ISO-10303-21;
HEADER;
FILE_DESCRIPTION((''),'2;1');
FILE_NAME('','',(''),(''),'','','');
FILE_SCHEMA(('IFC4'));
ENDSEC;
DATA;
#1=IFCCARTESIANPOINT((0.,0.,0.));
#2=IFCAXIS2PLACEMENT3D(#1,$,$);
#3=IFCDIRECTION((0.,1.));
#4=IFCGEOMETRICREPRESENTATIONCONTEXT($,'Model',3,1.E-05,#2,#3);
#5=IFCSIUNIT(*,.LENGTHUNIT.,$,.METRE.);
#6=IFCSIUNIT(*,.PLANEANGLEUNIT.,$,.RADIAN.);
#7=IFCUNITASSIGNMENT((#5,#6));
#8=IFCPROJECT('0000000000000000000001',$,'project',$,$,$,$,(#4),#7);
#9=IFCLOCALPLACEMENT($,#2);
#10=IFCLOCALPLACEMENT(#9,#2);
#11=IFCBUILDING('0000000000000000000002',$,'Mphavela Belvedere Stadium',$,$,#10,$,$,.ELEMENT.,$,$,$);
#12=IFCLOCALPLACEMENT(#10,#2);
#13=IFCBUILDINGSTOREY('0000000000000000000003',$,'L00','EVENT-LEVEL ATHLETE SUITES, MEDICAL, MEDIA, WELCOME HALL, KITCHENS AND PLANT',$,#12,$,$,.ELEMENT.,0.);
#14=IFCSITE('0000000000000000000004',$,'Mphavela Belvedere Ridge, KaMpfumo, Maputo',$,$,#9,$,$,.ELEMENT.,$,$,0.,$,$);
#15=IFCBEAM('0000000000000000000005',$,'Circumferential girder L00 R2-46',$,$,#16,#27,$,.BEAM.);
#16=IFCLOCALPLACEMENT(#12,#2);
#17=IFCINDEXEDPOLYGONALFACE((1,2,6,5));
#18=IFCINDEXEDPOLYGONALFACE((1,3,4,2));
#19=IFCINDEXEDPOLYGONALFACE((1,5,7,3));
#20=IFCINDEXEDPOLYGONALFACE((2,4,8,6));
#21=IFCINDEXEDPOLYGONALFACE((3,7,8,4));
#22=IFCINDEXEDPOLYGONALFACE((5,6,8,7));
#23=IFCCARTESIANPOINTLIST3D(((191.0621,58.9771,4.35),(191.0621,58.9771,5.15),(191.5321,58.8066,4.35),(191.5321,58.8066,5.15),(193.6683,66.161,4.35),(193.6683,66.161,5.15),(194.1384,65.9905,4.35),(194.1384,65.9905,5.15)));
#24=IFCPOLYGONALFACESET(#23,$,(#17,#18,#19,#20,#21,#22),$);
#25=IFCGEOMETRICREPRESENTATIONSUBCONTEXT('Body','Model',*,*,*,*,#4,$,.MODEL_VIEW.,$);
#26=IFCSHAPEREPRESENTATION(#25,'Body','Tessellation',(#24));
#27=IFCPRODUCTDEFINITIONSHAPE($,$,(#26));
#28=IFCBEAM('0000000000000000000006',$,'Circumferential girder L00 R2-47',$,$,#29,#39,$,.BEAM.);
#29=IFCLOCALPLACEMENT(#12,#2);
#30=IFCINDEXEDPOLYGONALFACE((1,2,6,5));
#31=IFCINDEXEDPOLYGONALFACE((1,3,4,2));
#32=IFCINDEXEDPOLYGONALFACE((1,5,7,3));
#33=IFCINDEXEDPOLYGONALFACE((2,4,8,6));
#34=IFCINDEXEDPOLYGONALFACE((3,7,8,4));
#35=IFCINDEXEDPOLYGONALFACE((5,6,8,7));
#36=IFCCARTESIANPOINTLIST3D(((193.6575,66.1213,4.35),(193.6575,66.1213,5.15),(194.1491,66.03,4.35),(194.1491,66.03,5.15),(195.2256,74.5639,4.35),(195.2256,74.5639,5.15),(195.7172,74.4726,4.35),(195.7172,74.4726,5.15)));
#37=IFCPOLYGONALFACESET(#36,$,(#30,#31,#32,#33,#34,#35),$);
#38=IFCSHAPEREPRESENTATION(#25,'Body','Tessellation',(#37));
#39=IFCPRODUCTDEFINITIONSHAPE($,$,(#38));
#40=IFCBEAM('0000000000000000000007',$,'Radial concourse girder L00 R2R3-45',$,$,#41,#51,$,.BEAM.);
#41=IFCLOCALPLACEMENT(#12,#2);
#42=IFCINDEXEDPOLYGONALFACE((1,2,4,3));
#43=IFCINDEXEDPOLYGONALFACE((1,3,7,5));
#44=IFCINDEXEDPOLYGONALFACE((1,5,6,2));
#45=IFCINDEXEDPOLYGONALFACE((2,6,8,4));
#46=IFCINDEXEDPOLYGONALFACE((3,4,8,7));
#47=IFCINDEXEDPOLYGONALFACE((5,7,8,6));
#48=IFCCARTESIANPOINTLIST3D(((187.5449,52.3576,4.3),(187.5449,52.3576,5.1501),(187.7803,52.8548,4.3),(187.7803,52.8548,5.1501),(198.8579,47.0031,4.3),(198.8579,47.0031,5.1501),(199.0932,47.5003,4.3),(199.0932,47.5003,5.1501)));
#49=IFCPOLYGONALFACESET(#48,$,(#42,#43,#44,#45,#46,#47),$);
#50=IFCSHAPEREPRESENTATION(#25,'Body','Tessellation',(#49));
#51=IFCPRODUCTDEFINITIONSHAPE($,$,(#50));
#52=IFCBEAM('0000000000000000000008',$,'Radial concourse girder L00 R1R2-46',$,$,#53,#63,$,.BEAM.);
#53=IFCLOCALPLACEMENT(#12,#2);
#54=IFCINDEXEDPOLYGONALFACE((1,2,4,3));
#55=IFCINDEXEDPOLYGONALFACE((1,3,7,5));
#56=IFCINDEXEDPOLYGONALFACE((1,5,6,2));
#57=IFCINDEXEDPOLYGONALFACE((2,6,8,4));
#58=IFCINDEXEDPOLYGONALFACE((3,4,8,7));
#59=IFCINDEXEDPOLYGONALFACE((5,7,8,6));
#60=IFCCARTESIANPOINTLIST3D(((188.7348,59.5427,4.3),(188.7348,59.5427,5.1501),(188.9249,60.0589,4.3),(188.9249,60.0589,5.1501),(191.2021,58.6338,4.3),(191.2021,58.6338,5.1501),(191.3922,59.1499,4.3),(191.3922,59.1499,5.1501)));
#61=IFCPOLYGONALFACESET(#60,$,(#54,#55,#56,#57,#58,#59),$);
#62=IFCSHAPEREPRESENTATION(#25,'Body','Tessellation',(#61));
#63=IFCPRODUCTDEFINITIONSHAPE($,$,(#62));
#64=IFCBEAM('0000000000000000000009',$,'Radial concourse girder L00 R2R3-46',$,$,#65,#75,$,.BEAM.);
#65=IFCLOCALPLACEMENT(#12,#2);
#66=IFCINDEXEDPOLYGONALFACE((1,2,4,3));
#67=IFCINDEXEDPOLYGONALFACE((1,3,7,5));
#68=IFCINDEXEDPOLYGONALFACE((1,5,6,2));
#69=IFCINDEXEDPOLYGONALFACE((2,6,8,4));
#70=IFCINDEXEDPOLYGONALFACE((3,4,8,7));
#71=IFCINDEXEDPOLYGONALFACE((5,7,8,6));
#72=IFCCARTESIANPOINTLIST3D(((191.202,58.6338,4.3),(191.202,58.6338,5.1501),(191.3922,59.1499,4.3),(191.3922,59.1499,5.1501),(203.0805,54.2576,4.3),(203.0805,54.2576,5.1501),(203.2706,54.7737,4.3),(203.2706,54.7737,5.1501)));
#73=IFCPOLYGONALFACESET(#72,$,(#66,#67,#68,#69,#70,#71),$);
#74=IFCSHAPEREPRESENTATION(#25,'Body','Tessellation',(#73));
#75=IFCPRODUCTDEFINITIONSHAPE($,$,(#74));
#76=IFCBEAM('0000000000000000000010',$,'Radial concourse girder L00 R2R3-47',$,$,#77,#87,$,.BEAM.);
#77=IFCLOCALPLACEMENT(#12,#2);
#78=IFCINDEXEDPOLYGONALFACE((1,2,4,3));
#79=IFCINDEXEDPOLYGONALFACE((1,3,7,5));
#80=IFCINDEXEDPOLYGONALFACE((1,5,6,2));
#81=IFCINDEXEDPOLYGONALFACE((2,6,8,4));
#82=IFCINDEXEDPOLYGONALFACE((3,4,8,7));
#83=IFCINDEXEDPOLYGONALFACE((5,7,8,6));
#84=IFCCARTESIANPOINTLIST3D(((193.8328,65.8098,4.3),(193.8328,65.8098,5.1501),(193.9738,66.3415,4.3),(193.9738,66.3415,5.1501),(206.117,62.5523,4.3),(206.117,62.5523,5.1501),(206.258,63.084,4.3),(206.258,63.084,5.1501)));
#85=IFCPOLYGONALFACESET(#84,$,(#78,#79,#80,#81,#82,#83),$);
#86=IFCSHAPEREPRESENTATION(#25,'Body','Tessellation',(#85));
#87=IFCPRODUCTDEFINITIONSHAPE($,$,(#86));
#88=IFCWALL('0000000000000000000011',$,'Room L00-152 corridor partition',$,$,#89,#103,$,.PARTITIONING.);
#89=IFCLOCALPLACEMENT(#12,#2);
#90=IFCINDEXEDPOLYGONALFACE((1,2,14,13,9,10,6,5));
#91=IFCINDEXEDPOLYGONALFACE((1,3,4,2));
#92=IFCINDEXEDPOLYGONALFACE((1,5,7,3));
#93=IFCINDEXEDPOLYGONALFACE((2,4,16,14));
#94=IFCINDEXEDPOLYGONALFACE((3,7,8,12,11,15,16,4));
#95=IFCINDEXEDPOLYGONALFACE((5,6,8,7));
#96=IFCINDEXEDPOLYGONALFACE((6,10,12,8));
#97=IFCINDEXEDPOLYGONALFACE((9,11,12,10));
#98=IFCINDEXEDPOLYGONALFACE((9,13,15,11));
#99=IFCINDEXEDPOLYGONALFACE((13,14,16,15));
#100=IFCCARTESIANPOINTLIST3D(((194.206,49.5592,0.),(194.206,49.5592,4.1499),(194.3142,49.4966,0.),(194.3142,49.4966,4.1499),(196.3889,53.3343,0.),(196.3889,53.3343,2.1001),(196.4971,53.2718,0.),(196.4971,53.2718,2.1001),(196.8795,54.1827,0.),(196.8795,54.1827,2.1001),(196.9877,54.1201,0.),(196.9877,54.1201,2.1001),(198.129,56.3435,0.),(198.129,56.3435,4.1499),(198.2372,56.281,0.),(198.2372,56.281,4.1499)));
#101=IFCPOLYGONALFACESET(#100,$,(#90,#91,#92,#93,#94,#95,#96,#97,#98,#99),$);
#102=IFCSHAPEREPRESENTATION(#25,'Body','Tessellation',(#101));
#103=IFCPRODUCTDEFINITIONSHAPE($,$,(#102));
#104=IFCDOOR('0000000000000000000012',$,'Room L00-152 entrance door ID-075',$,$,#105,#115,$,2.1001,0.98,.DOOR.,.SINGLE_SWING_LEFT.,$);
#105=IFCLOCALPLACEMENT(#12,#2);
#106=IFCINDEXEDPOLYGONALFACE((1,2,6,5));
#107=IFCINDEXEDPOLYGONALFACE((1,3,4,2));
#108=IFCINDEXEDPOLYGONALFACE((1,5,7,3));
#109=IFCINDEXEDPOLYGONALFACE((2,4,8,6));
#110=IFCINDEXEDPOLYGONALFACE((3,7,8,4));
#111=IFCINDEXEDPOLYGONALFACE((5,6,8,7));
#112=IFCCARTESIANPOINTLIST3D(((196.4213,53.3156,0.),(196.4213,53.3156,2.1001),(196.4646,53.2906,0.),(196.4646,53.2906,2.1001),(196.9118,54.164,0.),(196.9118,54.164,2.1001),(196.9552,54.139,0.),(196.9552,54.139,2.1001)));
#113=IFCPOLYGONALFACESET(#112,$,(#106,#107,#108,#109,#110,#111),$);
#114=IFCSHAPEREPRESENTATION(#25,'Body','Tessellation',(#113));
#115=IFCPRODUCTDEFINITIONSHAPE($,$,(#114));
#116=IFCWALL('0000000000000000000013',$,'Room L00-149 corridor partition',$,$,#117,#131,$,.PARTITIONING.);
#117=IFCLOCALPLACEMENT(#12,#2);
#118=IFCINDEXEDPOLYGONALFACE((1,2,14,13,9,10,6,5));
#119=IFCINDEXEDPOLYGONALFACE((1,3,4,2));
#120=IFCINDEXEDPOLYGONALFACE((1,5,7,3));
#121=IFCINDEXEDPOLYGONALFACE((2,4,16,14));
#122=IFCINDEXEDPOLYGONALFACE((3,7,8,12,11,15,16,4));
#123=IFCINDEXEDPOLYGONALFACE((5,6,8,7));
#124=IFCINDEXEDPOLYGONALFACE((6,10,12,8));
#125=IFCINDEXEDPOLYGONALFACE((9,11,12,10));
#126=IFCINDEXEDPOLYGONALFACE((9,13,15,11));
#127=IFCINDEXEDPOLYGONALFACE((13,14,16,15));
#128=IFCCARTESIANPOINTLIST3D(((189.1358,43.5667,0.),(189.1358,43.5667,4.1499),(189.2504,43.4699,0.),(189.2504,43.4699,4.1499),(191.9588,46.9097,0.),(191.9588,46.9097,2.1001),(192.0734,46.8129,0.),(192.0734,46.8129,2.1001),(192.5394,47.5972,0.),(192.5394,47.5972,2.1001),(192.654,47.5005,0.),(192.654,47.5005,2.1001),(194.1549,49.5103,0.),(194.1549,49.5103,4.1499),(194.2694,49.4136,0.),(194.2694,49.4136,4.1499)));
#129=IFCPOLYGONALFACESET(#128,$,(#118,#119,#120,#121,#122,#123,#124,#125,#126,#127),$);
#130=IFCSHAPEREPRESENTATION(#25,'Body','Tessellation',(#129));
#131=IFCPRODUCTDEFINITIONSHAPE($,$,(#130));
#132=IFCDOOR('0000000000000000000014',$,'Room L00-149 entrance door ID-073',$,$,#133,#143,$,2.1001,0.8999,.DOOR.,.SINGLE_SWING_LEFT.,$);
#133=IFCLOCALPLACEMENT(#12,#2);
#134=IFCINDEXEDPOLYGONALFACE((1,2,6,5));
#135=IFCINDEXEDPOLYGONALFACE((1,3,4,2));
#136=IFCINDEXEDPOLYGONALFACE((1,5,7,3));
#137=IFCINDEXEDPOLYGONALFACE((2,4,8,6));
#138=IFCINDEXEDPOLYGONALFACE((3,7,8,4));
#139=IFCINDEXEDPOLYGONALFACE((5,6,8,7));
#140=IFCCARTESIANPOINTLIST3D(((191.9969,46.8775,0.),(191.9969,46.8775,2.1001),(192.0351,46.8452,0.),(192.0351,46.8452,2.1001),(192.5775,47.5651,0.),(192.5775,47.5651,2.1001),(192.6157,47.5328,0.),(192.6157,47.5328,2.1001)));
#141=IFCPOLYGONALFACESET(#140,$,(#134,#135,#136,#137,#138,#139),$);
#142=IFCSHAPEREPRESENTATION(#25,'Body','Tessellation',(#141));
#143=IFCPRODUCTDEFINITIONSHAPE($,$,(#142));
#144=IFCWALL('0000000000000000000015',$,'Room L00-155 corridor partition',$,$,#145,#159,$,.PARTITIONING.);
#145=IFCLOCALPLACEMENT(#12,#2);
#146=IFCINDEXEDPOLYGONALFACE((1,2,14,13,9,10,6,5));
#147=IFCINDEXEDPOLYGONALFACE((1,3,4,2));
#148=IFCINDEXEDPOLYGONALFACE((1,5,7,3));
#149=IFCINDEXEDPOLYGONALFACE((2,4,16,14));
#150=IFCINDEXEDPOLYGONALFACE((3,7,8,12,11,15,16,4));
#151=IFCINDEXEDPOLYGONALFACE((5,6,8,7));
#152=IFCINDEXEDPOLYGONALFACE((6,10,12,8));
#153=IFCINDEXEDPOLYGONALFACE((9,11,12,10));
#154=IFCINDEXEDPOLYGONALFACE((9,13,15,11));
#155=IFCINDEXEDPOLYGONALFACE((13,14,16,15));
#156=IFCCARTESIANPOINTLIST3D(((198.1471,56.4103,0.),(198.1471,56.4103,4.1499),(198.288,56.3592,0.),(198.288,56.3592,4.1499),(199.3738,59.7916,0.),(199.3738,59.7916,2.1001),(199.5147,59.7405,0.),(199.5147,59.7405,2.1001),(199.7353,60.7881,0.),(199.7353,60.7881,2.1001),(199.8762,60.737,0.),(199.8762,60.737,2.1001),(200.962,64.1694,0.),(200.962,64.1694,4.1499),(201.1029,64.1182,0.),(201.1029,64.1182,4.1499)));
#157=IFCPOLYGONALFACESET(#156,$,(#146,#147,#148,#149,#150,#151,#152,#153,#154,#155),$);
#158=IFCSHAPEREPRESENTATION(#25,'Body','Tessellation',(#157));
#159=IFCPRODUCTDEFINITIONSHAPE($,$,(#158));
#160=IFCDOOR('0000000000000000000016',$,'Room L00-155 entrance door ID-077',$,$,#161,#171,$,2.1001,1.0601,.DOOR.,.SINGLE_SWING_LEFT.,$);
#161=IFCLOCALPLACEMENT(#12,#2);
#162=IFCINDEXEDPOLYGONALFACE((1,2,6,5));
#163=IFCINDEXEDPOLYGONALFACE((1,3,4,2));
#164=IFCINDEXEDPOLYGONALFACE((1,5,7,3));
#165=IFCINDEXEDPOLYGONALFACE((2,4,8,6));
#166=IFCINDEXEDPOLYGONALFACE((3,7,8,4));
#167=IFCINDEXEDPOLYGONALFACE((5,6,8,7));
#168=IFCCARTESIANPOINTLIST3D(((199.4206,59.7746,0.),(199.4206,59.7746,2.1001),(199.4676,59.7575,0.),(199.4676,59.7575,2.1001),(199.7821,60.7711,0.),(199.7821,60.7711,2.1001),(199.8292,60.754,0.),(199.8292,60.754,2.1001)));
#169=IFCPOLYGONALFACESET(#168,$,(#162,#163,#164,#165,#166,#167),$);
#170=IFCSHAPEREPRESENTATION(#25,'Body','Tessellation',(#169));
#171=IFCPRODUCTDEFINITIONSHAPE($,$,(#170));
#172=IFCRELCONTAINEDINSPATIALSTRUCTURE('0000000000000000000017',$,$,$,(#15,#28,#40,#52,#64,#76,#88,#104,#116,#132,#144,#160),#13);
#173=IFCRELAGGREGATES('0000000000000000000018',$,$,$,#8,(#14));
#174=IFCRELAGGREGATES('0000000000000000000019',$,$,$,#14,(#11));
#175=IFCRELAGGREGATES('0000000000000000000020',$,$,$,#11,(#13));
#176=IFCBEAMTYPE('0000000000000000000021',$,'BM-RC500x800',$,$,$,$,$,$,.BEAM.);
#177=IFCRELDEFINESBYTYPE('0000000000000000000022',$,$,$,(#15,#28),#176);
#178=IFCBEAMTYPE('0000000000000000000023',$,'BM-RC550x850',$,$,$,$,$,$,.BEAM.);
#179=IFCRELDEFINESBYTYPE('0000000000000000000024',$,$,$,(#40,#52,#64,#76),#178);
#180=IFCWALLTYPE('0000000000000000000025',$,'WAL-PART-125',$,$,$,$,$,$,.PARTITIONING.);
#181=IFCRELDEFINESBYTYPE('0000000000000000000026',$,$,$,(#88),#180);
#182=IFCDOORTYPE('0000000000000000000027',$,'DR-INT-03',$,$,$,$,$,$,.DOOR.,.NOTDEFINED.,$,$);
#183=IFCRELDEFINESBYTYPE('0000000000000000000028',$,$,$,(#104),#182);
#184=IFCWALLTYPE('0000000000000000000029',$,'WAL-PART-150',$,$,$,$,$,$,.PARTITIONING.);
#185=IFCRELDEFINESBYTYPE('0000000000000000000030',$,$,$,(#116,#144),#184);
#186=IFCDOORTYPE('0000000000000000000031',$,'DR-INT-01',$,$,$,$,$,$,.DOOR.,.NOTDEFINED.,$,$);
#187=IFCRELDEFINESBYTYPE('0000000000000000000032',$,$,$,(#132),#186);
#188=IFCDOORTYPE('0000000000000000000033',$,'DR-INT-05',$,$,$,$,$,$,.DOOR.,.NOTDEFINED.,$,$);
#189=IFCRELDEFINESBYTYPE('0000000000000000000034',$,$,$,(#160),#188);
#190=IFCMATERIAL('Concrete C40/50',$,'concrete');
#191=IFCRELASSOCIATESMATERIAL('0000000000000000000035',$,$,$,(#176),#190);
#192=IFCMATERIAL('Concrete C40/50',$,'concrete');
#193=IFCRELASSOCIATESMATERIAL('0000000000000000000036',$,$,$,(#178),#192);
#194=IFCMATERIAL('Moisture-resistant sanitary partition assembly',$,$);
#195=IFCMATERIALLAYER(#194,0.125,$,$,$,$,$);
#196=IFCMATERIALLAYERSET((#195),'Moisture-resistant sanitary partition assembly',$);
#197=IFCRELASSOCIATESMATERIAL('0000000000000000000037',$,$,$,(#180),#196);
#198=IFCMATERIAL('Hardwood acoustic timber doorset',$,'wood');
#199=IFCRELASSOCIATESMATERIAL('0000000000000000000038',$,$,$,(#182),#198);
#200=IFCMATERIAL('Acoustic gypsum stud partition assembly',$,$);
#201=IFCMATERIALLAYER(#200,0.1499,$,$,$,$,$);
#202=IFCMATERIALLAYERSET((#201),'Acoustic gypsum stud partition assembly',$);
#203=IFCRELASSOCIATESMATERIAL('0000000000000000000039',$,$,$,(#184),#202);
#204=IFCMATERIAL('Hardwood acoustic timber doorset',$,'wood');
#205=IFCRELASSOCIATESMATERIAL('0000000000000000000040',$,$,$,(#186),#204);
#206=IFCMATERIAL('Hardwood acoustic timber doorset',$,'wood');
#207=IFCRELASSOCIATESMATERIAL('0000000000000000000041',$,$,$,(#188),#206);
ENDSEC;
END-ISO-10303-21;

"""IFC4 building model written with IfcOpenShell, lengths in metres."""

from ifc_helpers import new_model, si_unit, direction, frame, frame_2d, origin, origin_2d, place, context, subcontext, project, spatial, rectangle, extrude, material, layer, layer_set, material_profile, profile_set, type_object, element, fill, save


model = new_model("IFC4")

# Units and contexts
model_context = context("Model", 3, precision=1e-05, world=origin(), true_north=direction((0.0, 1.0)))
body_context = subcontext(model_context, "Body", "Model", "MODEL_VIEW")
ifc_project = project(units=[si_unit("LENGTHUNIT", "METRE"), si_unit("PLANEANGLEUNIT", "RADIAN")], contexts=[model_context])

# Site, building, storey
site_placement = place(None, origin())
site = spatial("IfcSite", under=ifc_project, at=site_placement, Name="Mphavela Belvedere Ridge, KaMpfumo, Maputo", CompositionType="ELEMENT", RefElevation=0.0)
building_placement = place(site_placement, origin())
building = spatial("IfcBuilding", under=site, at=building_placement, Name="Mphavela Belvedere Stadium", CompositionType="ELEMENT")
storey_placement = place(building_placement, origin())
storey = spatial("IfcBuildingStorey", under=building, at=storey_placement, Name="L00", Description="EVENT-LEVEL ATHLETE SUITES, MEDICAL, MEDIA, WELCOME HALL, KITCHENS AND PLANT", CompositionType="ELEMENT", Elevation=0.0)

# Beams
ifc_material_1 = material(Name="Concrete C40/50", Category="concrete")
ifc_material_profile_1 = material_profile(ifc_material_1, rectangle(XDim=0.5, YDim=0.8, at=origin_2d()), Name="RC 500x800")
ifc_profile_set_1 = profile_set([ifc_material_profile_1], Name="Concrete C40/50")
beam_type_1 = type_object("IfcBeamType", Name="BM-RC500x800", PredefinedType="BEAM", material=ifc_profile_set_1)
beam_1_placement = place(storey_placement, frame((191.2971, 58.8918, 4.75), z_axis=(0.341038, 0.94005, 0.0), x_axis=(-0.94005, 0.341038, 0.0)))
element("IfcBeam", 1, at=beam_1_placement, inside=storey, type_object=beam_type_1, Name="Circumferential girder L00 R2-46", PredefinedType="BEAM", context=body_context, shape_type="SweptSolid", body=[
    extrude(rectangle(XDim=0.5, YDim=0.8, at=origin_2d()), origin(), (0.0, 0.0, 1.0), 7.6421),
])
beam_2_placement = place(storey_placement, frame((193.9033, 66.0757, 4.75), z_axis=(0.182615, 0.983185, 0.0), x_axis=(-0.983185, 0.182615, 0.0)))
element("IfcBeam", 2, at=beam_2_placement, inside=storey, type_object=beam_type_1, Name="Circumferential girder L00 R2-47", PredefinedType="BEAM", context=body_context, shape_type="SweptSolid", body=[
    extrude(rectangle(XDim=0.5, YDim=0.8, at=origin_2d()), origin(), (0.0, 0.0, 1.0), 8.5869),
])
ifc_material_2 = material(Name="Concrete C40/50", Category="concrete")
ifc_material_profile_2 = material_profile(ifc_material_2, rectangle(XDim=0.55, YDim=0.8501, at=origin_2d()), Name="RC 550x850")
ifc_profile_set_2 = profile_set([ifc_material_profile_2], Name="Concrete C40/50")
beam_type_2 = type_object("IfcBeamType", Name="BM-RC550x850", PredefinedType="BEAM", material=ifc_profile_set_2)
beam_3_placement = place(storey_placement, frame((187.6626, 52.6062, 4.7251), z_axis=(0.90387, -0.427806, 0.0), x_axis=(0.427806, 0.90387, 0.0)))
element("IfcBeam", 3, at=beam_3_placement, inside=storey, type_object=beam_type_2, Name="Radial concourse girder L00 R2R3-45", PredefinedType="BEAM", context=body_context, shape_type="SweptSolid", body=[
    extrude(rectangle(XDim=0.55, YDim=0.8501, at=origin_2d()), origin(), (0.0, 0.0, 1.0), 12.5161),
])
beam_4_placement = place(storey_placement, frame((188.8298, 59.8008, 4.7251), z_axis=(0.938351, -0.345684, 0.0), x_axis=(0.345684, 0.938351, 0.0)))
element("IfcBeam", 4, at=beam_4_placement, inside=storey, type_object=beam_type_2, Name="Radial concourse girder L00 R1R2-46", PredefinedType="BEAM", context=body_context, shape_type="SweptSolid", body=[
    extrude(rectangle(XDim=0.55, YDim=0.8501, at=origin_2d()), origin(), (0.0, 0.0, 1.0), 2.6294),
])
beam_5_placement = place(storey_placement, frame((191.2971, 58.8918, 4.7251), z_axis=(0.938344, -0.345703, 0.0), x_axis=(0.345703, 0.938344, 0.0)))
element("IfcBeam", 5, at=beam_5_placement, inside=storey, type_object=beam_type_2, Name="Radial concourse girder L00 R2R3-46", PredefinedType="BEAM", context=body_context, shape_type="SweptSolid", body=[
    extrude(rectangle(XDim=0.55, YDim=0.8501, at=origin_2d()), origin(), (0.0, 0.0, 1.0), 12.6589),
])
beam_6_placement = place(storey_placement, frame((193.9033, 66.0757, 4.7251), z_axis=(0.966591, -0.256324, 0.0), x_axis=(0.256324, 0.966591, 0.0)))
element("IfcBeam", 6, at=beam_6_placement, inside=storey, type_object=beam_type_2, Name="Radial concourse girder L00 R2R3-47", PredefinedType="BEAM", context=body_context, shape_type="SweptSolid", body=[
    extrude(rectangle(XDim=0.55, YDim=0.8501, at=origin_2d()), origin(), (0.0, 0.0, 1.0), 12.7087),
])

# Walls, openings, doors
ifc_material_3 = material(Name="Moisture-resistant sanitary partition assembly")
ifc_layer_1 = layer(ifc_material_3, 0.125)
ifc_layer_set_1 = layer_set([ifc_layer_1], Name="Moisture-resistant sanitary partition assembly")
wall_type_1 = type_object("IfcWallType", Name="WAL-PART-125", PredefinedType="PARTITIONING", material=ifc_layer_set_1)
wall_1_placement = place(storey_placement, frame((198.1831, 56.3123, 0.0), z_axis=(0.0, 0.0, 1.0), x_axis=(-0.500584, -0.865688, 0.0)))
wall_1 = element("IfcWall", 7, at=wall_1_placement, inside=storey, type_object=wall_type_1, Name="Room L00-152 corridor partition", PredefinedType="PARTITIONING", context=body_context, shape_type="SweptSolid", body=[
    extrude(rectangle(XDim=7.8369, YDim=0.125, at=frame_2d((3.9185, 0.0))), origin(), (0.0, 0.0, 1.0), 4.1499),
])
opening_1_placement = place(wall_1_placement, frame((2.4961, 0.0, 0.0)))
opening_1 = element("IfcOpeningElement", 8, at=opening_1_placement, cuts=wall_1, PredefinedType="OPENING", context=body_context, shape_type="SweptSolid", body=[
    extrude(rectangle(XDim=0.98, YDim=2.1001, at=frame_2d((0.49, 1.05))), frame((0.0, 0.0725, 0.0), z_axis=(0.0, -1.0, 0.0), x_axis=(1.0, 0.0, 0.0)), (0.0, 0.0, 1.0), 0.145),
])
ifc_material_4 = material(Name="Hardwood acoustic timber doorset", Category="wood")
door_type_1 = type_object("IfcDoorType", Name="DR-INT-03", OperationType="NOTDEFINED", PredefinedType="DOOR", material=ifc_material_4)
door_1_placement = place(opening_1_placement, origin())
door_1 = element("IfcDoor", 9, at=door_1_placement, inside=storey, type_object=door_type_1, Name="Room L00-152 entrance door ID-075", OperationType="SINGLE_SWING_LEFT", OverallHeight=2.1001, OverallWidth=0.98, PredefinedType="DOOR", context=body_context, shape_type="SweptSolid", body=[
    extrude(rectangle(XDim=0.98, YDim=2.1001, at=frame_2d((0.49, 1.05))), frame((0.0, 0.0249, 0.0), z_axis=(0.0, -1.0, 0.0), x_axis=(1.0, 0.0, 0.0)), (0.0, 0.0, 1.0), 0.05),
])
fill(opening_1, door_1)
ifc_material_5 = material(Name="Acoustic gypsum stud partition assembly")
ifc_layer_2 = layer(ifc_material_5, 0.1499)
ifc_layer_set_2 = layer_set([ifc_layer_2], Name="Acoustic gypsum stud partition assembly")
wall_type_2 = type_object("IfcWallType", Name="WAL-PART-150", PredefinedType="PARTITIONING", material=ifc_layer_set_2)
wall_2_placement = place(storey_placement, frame((194.2122, 49.4619, 0.0), z_axis=(0.0, 0.0, 1.0), x_axis=(-0.645181, -0.76403, 0.0)))
wall_2 = element("IfcWall", 10, at=wall_2_placement, inside=storey, type_object=wall_type_2, Name="Room L00-149 corridor partition", PredefinedType="PARTITIONING", context=body_context, shape_type="SweptSolid", body=[
    extrude(rectangle(XDim=7.7793, YDim=0.1499, at=frame_2d((3.8896, 0.0))), origin(), (0.0, 0.0, 1.0), 4.1499),
])
opening_2_placement = place(wall_2_placement, frame((2.5039, 0.0, 0.0)))
opening_2 = element("IfcOpeningElement", 11, at=opening_2_placement, cuts=wall_2, PredefinedType="OPENING", context=body_context, shape_type="SweptSolid", body=[
    extrude(rectangle(XDim=0.8999, YDim=2.1001, at=frame_2d((0.45, 1.05))), frame((0.0, 0.085, 0.0), z_axis=(0.0, -1.0, 0.0), x_axis=(1.0, 0.0, 0.0)), (0.0, 0.0, 1.0), 0.1699),
])
ifc_material_6 = material(Name="Hardwood acoustic timber doorset", Category="wood")
door_type_2 = type_object("IfcDoorType", Name="DR-INT-01", OperationType="NOTDEFINED", PredefinedType="DOOR", material=ifc_material_6)
door_2_placement = place(opening_2_placement, origin())
door_2 = element("IfcDoor", 12, at=door_2_placement, inside=storey, type_object=door_type_2, Name="Room L00-149 entrance door ID-073", OperationType="SINGLE_SWING_LEFT", OverallHeight=2.1001, OverallWidth=0.8999, PredefinedType="DOOR", context=body_context, shape_type="SweptSolid", body=[
    extrude(rectangle(XDim=0.8999, YDim=2.1001, at=frame_2d((0.45, 1.05))), frame((0.0, 0.0249, 0.0), z_axis=(0.0, -1.0, 0.0), x_axis=(1.0, 0.0, 0.0)), (0.0, 0.0, 1.0), 0.05),
])
fill(opening_2, door_2)
wall_3_placement = place(storey_placement, frame((201.0325, 64.1438, 0.0), z_axis=(0.0, 0.0, 1.0), x_axis=(-0.341045, -0.940047, 0.0)))
wall_3 = element("IfcWall", 13, at=wall_3_placement, inside=storey, type_object=wall_type_2, Name="Room L00-155 corridor partition", PredefinedType="PARTITIONING", context=body_context, shape_type="SweptSolid", body=[
    extrude(rectangle(XDim=8.2539, YDim=0.1499, at=frame_2d((4.127, 0.0))), origin(), (0.0, 0.0, 1.0), 4.1499),
])
opening_3_placement = place(wall_3_placement, frame((3.5969, 0.0, 0.0)))
opening_3 = element("IfcOpeningElement", 14, at=opening_3_placement, cuts=wall_3, PredefinedType="OPENING", context=body_context, shape_type="SweptSolid", body=[
    extrude(rectangle(XDim=1.0601, YDim=2.1001, at=frame_2d((0.53, 1.05))), frame((0.0, 0.085, 0.0), z_axis=(0.0, -1.0, 0.0), x_axis=(1.0, 0.0, 0.0)), (0.0, 0.0, 1.0), 0.1699),
])
ifc_material_7 = material(Name="Hardwood acoustic timber doorset", Category="wood")
door_type_3 = type_object("IfcDoorType", Name="DR-INT-05", OperationType="NOTDEFINED", PredefinedType="DOOR", material=ifc_material_7)
door_3_placement = place(opening_3_placement, origin())
door_3 = element("IfcDoor", 15, at=door_3_placement, inside=storey, type_object=door_type_3, Name="Room L00-155 entrance door ID-077", OperationType="SINGLE_SWING_LEFT", OverallHeight=2.1001, OverallWidth=1.0601, PredefinedType="DOOR", context=body_context, shape_type="SweptSolid", body=[
    extrude(rectangle(XDim=1.0601, YDim=2.1001, at=frame_2d((0.53, 1.05))), frame((0.0, 0.0249, 0.0), z_axis=(0.0, -1.0, 0.0), x_axis=(1.0, 0.0, 0.0)), (0.0, 0.0, 1.0), 0.05),
])
fill(opening_3, door_3)

save(model, "model.ifc")
